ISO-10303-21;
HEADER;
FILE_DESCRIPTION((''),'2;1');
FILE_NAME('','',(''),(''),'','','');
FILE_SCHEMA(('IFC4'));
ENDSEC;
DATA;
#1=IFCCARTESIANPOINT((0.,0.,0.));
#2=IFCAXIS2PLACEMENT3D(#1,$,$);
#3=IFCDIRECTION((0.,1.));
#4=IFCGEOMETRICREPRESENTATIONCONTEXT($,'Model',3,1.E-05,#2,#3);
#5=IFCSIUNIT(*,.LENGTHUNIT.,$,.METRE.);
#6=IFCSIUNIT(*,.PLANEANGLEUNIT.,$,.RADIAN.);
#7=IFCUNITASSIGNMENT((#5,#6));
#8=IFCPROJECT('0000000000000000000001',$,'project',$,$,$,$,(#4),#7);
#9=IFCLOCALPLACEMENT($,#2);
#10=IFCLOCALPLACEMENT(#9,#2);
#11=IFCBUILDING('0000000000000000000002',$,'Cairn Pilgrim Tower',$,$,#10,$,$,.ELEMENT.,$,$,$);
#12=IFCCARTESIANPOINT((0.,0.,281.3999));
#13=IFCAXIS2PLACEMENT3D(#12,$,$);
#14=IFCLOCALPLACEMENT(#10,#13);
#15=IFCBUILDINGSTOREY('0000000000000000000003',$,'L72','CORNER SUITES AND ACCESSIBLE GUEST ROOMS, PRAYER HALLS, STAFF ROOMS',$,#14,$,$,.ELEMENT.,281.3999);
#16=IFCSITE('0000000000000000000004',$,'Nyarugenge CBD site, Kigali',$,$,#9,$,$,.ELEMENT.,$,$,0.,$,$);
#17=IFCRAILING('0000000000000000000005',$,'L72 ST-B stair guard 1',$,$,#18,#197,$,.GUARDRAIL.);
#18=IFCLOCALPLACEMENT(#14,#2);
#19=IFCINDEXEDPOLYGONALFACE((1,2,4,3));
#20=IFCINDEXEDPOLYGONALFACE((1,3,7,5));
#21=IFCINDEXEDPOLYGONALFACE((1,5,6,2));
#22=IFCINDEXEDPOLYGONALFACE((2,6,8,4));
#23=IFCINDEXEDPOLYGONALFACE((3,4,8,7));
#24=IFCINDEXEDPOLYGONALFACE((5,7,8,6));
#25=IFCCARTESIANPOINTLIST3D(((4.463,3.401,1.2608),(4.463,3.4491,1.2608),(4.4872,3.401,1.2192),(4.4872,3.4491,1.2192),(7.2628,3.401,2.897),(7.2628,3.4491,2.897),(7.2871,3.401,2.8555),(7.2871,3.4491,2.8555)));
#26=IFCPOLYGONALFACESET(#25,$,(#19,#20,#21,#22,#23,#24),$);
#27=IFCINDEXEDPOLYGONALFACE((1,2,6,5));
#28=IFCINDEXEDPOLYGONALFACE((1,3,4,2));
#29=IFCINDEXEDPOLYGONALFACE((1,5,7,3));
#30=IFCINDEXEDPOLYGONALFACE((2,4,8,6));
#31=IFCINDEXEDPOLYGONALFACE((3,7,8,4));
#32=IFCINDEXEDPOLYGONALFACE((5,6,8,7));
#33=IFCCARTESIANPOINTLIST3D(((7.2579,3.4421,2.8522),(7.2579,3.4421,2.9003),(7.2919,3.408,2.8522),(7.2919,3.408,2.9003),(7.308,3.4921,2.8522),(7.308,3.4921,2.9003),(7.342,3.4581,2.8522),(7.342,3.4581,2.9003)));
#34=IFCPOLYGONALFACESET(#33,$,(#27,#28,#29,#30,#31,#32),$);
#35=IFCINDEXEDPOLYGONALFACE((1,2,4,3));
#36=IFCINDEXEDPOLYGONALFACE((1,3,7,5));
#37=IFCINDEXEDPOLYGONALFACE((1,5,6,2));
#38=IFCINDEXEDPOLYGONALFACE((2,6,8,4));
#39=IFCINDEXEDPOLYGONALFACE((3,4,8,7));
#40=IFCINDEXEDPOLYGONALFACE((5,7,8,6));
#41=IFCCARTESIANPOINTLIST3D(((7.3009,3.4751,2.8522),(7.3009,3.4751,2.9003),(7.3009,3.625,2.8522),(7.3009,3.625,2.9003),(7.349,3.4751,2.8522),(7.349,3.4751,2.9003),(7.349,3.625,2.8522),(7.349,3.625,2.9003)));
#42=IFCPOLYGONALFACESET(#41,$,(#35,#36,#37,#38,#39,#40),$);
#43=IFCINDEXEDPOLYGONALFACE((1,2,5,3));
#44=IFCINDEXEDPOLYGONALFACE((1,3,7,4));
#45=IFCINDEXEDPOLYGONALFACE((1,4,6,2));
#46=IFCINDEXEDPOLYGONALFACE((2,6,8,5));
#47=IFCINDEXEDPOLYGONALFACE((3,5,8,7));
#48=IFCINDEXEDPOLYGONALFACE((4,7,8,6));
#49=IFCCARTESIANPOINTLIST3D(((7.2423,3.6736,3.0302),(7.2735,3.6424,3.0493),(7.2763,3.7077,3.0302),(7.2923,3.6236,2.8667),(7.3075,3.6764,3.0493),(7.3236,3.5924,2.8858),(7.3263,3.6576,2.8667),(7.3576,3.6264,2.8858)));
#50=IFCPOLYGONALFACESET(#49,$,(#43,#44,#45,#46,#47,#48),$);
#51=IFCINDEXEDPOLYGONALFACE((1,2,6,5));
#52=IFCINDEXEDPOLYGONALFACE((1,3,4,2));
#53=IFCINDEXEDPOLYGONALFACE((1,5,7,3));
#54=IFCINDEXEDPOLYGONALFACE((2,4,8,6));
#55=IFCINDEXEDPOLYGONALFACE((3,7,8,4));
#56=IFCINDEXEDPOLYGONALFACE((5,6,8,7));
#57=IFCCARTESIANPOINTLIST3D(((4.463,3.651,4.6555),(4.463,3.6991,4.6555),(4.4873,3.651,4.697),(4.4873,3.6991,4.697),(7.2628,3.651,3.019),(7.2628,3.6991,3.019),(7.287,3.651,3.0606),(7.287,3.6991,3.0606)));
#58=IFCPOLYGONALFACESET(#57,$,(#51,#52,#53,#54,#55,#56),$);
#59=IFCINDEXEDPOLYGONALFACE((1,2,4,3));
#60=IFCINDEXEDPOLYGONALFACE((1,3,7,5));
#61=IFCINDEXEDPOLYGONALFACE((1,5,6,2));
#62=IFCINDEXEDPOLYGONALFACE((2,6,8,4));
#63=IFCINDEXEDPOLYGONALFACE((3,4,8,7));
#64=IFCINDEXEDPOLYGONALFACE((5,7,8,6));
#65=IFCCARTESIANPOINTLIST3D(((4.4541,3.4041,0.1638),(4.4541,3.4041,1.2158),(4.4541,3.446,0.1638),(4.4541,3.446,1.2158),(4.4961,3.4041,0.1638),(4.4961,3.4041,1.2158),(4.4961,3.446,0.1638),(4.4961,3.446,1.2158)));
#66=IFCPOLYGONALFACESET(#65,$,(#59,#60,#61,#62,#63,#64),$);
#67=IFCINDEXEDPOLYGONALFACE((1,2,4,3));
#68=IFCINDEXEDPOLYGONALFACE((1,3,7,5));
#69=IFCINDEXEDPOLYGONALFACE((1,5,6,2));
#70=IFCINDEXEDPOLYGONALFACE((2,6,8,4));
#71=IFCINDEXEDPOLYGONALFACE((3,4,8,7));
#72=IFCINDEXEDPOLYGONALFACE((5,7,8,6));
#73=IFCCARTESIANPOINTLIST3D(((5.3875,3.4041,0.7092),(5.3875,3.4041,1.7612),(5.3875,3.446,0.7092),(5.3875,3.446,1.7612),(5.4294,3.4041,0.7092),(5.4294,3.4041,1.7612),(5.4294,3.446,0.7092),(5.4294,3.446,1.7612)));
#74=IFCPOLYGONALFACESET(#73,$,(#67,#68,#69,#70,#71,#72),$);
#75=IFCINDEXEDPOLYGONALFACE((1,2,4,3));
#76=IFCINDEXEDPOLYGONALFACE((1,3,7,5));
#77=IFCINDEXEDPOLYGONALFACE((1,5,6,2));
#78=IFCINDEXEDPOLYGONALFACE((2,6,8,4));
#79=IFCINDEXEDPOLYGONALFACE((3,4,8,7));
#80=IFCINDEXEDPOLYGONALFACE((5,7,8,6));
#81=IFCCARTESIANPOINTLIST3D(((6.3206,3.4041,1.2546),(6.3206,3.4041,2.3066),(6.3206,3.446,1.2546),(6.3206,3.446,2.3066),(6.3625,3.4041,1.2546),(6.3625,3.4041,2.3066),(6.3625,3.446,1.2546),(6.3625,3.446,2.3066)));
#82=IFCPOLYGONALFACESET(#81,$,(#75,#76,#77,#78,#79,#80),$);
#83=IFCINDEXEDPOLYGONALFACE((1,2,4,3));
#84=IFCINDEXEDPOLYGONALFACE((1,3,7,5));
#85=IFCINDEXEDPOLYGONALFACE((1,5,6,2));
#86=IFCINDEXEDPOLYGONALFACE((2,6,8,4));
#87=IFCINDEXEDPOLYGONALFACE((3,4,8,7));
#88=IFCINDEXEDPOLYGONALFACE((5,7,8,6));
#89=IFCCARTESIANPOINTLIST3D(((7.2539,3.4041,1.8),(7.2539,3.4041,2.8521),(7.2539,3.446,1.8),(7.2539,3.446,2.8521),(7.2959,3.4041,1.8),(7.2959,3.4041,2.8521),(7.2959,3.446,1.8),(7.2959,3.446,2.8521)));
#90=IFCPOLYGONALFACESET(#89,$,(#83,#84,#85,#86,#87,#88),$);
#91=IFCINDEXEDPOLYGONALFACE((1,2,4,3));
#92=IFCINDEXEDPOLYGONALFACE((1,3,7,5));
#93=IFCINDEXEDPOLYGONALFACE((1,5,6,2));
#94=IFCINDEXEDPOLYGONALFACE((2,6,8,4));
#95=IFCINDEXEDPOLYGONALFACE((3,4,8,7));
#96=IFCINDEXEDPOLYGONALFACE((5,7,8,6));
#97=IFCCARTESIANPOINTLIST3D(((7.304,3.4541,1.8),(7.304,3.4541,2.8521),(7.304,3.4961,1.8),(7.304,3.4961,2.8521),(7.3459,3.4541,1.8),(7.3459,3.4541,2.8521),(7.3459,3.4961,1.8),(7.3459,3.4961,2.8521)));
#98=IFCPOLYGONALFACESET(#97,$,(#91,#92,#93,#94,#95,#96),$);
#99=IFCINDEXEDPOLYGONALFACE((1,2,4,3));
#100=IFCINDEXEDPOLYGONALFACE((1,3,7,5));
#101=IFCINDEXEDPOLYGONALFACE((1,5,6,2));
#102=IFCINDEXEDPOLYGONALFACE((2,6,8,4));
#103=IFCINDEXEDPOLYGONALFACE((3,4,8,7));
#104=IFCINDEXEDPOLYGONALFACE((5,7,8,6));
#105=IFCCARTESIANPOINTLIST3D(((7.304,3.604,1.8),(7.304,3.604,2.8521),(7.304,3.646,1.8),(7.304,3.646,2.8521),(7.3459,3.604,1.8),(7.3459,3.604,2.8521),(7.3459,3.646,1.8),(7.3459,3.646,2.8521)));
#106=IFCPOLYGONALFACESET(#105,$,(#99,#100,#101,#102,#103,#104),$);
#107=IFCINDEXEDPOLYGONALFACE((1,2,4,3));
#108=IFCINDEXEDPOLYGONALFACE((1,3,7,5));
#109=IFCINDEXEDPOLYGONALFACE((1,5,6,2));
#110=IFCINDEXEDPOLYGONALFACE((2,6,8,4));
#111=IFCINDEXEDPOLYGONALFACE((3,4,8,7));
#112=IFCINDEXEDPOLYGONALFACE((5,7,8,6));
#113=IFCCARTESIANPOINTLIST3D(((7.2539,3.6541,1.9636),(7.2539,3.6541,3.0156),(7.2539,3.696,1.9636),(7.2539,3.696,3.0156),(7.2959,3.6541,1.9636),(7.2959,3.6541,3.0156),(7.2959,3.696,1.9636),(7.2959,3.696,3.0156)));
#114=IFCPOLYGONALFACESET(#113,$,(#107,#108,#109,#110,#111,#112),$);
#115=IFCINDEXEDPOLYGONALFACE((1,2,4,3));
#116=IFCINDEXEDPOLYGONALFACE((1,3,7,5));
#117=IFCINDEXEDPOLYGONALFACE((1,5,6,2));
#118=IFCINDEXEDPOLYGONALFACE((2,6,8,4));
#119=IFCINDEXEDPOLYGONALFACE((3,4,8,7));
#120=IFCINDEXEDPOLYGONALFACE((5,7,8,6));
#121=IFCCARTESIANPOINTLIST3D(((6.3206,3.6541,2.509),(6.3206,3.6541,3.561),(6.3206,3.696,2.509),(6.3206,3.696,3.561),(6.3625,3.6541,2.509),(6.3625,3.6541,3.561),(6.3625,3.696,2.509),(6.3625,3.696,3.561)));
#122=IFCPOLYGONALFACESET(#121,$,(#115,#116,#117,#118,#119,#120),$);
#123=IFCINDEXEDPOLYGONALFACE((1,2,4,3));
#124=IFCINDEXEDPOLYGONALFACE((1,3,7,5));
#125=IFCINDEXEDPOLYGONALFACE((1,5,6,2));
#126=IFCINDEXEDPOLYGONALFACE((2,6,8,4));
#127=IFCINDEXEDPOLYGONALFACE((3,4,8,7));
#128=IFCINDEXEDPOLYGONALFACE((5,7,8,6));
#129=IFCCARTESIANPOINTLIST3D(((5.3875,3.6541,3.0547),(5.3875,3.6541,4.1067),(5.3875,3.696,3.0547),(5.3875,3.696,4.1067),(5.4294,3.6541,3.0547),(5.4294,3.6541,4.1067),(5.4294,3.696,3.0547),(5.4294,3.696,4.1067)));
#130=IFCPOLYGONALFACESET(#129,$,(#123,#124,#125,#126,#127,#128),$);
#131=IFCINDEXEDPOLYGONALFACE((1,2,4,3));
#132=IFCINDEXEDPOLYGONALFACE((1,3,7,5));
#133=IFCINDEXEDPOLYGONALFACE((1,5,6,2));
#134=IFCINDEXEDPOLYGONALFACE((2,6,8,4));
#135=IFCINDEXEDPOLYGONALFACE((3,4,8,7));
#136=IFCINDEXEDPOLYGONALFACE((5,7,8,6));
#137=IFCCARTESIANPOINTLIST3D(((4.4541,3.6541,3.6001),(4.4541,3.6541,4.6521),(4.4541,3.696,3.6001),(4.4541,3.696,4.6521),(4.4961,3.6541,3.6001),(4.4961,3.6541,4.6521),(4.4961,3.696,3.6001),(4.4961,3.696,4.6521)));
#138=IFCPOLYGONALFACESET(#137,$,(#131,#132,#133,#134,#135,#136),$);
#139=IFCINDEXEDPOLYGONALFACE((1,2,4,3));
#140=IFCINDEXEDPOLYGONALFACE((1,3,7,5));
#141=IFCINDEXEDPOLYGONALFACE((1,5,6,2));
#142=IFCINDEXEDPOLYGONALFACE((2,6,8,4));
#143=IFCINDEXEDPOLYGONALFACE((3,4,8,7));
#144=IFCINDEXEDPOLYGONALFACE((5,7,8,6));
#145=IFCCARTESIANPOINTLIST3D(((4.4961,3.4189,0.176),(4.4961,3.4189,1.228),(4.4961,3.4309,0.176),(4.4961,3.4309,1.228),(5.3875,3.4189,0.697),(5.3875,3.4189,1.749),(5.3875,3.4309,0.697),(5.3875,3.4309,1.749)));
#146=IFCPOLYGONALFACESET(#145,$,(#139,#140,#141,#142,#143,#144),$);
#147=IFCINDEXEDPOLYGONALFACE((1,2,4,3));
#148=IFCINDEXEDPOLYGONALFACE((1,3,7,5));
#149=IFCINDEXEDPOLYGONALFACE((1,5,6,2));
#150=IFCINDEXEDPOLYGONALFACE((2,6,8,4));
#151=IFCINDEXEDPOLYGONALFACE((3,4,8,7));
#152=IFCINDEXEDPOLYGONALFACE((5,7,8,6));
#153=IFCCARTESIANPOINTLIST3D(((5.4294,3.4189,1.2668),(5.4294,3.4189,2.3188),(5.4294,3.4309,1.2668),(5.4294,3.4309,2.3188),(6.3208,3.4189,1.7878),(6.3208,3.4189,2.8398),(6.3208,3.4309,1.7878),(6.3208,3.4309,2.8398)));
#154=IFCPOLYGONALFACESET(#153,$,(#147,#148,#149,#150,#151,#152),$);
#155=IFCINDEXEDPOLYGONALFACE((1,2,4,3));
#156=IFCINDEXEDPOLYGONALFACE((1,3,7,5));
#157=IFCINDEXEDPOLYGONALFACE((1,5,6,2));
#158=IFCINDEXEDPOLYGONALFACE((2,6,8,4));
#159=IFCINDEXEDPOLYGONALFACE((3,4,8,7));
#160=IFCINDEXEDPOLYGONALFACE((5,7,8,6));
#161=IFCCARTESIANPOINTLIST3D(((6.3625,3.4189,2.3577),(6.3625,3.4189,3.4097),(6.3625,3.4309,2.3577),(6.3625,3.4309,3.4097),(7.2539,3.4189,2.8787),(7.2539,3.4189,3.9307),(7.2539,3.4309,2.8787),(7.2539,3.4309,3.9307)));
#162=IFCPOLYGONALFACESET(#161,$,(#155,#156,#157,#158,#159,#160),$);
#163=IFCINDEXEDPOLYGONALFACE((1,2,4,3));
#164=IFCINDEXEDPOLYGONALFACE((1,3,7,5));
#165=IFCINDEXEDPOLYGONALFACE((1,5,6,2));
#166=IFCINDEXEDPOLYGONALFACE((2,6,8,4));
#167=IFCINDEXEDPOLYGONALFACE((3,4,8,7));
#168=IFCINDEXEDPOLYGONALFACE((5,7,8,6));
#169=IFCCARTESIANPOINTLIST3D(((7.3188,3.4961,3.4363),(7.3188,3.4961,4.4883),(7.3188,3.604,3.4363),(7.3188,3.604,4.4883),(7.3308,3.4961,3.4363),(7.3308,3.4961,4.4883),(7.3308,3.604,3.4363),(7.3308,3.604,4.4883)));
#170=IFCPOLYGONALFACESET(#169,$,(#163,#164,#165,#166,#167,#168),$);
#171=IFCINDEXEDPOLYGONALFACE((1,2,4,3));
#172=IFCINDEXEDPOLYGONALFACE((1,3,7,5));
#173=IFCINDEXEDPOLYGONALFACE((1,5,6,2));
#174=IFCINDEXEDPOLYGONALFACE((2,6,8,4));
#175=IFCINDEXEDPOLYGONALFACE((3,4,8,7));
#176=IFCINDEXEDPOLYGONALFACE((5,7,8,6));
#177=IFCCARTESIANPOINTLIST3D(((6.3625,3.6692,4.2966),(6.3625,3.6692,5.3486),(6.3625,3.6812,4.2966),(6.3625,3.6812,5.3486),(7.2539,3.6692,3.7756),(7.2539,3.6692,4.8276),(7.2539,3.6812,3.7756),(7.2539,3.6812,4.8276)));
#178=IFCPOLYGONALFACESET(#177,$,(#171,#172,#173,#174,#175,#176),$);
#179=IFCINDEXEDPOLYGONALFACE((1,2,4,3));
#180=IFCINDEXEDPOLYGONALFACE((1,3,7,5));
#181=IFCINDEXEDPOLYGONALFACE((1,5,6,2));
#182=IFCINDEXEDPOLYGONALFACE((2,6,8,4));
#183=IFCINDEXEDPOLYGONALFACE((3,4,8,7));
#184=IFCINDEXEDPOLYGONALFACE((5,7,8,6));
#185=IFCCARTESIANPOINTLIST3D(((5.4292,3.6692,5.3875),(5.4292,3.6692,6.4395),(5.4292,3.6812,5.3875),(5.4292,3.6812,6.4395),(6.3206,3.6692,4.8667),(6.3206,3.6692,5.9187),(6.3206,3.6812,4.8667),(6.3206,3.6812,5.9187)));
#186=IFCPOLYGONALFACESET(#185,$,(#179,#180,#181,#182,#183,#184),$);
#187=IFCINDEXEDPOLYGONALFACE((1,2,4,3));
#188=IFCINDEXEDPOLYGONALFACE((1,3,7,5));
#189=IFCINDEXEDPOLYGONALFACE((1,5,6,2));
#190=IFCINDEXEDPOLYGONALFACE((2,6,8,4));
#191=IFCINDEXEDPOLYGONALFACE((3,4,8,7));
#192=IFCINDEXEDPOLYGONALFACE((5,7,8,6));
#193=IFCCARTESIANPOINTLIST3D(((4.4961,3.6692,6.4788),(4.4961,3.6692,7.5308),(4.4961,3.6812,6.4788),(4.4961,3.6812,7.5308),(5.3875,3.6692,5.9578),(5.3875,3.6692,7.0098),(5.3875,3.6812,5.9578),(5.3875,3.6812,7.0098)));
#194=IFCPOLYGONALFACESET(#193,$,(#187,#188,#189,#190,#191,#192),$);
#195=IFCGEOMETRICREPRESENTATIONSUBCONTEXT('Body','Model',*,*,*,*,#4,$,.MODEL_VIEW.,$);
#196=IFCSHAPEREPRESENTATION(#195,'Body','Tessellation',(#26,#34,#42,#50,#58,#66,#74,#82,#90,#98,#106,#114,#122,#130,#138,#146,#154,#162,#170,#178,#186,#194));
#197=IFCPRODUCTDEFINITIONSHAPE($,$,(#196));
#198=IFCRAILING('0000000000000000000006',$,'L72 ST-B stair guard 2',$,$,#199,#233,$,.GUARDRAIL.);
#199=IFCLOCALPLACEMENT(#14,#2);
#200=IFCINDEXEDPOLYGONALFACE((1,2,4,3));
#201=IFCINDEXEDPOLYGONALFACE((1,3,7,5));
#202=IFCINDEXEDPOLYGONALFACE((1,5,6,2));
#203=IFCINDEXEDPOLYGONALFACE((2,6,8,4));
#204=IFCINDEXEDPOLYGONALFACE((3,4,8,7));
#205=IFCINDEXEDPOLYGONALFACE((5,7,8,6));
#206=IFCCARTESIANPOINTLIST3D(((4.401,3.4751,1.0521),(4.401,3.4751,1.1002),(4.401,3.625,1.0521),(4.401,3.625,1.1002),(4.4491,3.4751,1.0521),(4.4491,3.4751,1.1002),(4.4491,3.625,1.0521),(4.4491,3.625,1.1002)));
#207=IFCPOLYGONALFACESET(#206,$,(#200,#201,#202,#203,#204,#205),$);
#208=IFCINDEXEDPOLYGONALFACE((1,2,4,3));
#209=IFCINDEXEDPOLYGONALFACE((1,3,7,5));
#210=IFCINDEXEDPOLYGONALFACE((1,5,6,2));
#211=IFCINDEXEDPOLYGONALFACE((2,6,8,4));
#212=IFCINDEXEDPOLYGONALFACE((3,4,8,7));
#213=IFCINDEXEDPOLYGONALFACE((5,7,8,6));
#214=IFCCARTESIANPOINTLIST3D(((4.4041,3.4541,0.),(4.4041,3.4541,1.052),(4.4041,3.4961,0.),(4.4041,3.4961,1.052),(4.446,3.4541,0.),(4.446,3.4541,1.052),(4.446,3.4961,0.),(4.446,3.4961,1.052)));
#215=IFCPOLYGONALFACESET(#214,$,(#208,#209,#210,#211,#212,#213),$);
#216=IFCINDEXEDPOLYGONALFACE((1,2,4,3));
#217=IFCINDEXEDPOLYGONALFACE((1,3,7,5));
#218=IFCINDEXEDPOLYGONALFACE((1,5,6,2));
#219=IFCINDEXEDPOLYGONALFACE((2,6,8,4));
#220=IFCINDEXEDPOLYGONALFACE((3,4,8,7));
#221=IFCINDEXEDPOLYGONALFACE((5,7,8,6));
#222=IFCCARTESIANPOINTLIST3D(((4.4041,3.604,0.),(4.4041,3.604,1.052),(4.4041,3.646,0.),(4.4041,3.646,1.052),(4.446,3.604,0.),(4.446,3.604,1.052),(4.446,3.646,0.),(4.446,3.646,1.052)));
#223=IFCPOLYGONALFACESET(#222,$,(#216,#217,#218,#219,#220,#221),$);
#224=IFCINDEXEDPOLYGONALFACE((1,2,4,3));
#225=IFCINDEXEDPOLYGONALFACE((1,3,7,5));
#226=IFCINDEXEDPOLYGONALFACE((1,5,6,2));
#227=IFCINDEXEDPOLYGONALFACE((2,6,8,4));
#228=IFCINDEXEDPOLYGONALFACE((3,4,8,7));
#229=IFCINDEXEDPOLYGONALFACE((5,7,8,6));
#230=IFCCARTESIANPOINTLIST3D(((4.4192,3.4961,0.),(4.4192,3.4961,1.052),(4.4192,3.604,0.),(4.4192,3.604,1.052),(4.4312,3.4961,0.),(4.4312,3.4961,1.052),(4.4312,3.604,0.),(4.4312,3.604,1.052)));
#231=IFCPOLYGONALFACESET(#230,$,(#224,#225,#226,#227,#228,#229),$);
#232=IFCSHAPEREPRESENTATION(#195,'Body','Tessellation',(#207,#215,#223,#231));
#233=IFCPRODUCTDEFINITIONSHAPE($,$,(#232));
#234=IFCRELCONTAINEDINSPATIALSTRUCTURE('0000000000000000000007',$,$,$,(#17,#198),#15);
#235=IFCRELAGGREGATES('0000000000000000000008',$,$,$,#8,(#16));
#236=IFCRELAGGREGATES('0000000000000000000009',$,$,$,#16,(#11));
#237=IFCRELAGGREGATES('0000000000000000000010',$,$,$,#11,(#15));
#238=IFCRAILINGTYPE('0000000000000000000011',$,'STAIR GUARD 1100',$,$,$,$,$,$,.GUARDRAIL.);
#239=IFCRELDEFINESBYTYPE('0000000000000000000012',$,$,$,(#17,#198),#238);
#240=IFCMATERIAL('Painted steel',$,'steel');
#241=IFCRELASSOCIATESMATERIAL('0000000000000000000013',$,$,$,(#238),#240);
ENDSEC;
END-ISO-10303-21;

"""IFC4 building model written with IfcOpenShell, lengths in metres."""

from ifc_helpers import new_model, si_unit, direction, frame, origin, origin_2d, place, context, subcontext, project, spatial, polyline, rectangle, outline, extrude, material, type_object, element, save


model = new_model("IFC4")

# Units and contexts
model_context = context("Model", 3, precision=1e-05, world=origin(), true_north=direction((0.0, 1.0)))
body_context = subcontext(model_context, "Body", "Model", "MODEL_VIEW")
ifc_project = project(units=[si_unit("LENGTHUNIT", "METRE"), si_unit("PLANEANGLEUNIT", "RADIAN")], contexts=[model_context])

# Site, building, storey
site_placement = place(None, origin())
site = spatial("IfcSite", under=ifc_project, at=site_placement, Name="Nyarugenge CBD site, Kigali", CompositionType="ELEMENT", RefElevation=0.0)
building_placement = place(site_placement, origin())
building = spatial("IfcBuilding", under=site, at=building_placement, Name="Cairn Pilgrim Tower", CompositionType="ELEMENT")
storey_placement = place(building_placement, frame((0.0, 0.0, 281.3999)))
storey = spatial("IfcBuildingStorey", under=building, at=storey_placement, Name="L72", Description="CORNER SUITES AND ACCESSIBLE GUEST ROOMS, PRAYER HALLS, STAFF ROOMS", CompositionType="ELEMENT", Elevation=281.3999)

# Shared definitions
ifc_material_1 = material(Name="Painted steel", Category="steel")

# Railings
railing_type_1 = type_object("IfcRailingType", Name="STAIR GUARD 1100", PredefinedType="GUARDRAIL", material=ifc_material_1)
railing_1_placement = place(storey_placement, frame((4.4751, 3.425, 0.1638)))
element("IfcRailing", 1, at=railing_1_placement, inside=storey, type_object=railing_type_1, Name="L72 ST-B stair guard 1", PredefinedType="GUARDRAIL", context=body_context, shape_type="SweptSolid", body=[
    extrude(rectangle(XDim=0.0481, YDim=0.0481, at=origin_2d()), frame((0.0, 0.0, 1.0762), z_axis=(0.863374, 0.0, 0.504564), x_axis=(0.0, 1.0, 0.0)), (0.0, 0.0, 1.0), 3.2429),
    extrude(rectangle(XDim=0.0481, YDim=0.0481, at=origin_2d()), frame((2.7998, 0.0, 2.7124), z_axis=(0.707107, 0.707107, 0.0), x_axis=(-0.707107, 0.707107, 0.0)), (0.0, 0.0, 1.0), 0.0708),
    extrude(rectangle(XDim=0.0481, YDim=0.0481, at=origin_2d()), frame((2.8499, 0.05, 2.7124), z_axis=(0.0, 1.0, 0.0), x_axis=(-1.0, 0.0, 0.0)), (0.0, 0.0, 1.0), 0.1499),
    extrude(rectangle(XDim=0.0481, YDim=0.0481, at=origin_2d()), frame((2.8499, 0.2, 2.7124), z_axis=(-0.280809, 0.280809, 0.917765), x_axis=(-0.707107, -0.707107, 0.0)), (0.0, 0.0, 1.0), 0.1782),
    extrude(rectangle(XDim=0.0481, YDim=0.0481, at=origin_2d()), frame((2.7998, 0.25, 2.876), z_axis=(-0.863342, 0.0, 0.50462), x_axis=(0.0, -1.0, 0.0)), (0.0, 0.0, 1.0), 3.2429),
    extrude(rectangle(XDim=0.042, YDim=0.042, at=origin_2d()), origin(), (0.0, 0.0, 1.0), 1.052),
    extrude(rectangle(XDim=0.042, YDim=0.042, at=origin_2d()), frame((0.9333, 0.0, 0.5454)), (0.0, 0.0, 1.0), 1.052),
    extrude(rectangle(XDim=0.042, YDim=0.042, at=origin_2d()), frame((1.8665, 0.0, 1.0908)), (0.0, 0.0, 1.0), 1.052),
    extrude(rectangle(XDim=0.042, YDim=0.042, at=origin_2d()), frame((2.7998, 0.0, 1.6362)), (0.0, 0.0, 1.0), 1.052),
    extrude(rectangle(XDim=0.042, YDim=0.042, at=origin_2d()), frame((2.8499, 0.05, 1.6362)), (0.0, 0.0, 1.0), 1.052),
    extrude(rectangle(XDim=0.042, YDim=0.042, at=origin_2d()), frame((2.8499, 0.2, 1.6362)), (0.0, 0.0, 1.0), 1.052),
    extrude(rectangle(XDim=0.042, YDim=0.042, at=origin_2d()), frame((2.7998, 0.25, 1.7998)), (0.0, 0.0, 1.0), 1.052),
    extrude(rectangle(XDim=0.042, YDim=0.042, at=origin_2d()), frame((1.8665, 0.25, 2.3452)), (0.0, 0.0, 1.0), 1.052),
    extrude(rectangle(XDim=0.042, YDim=0.042, at=origin_2d()), frame((0.9333, 0.25, 2.8909)), (0.0, 0.0, 1.0), 1.052),
    extrude(rectangle(XDim=0.042, YDim=0.042, at=origin_2d()), frame((0.0, 0.25, 3.4363)), (0.0, 0.0, 1.0), 1.052),
    extrude(outline(polyline([(0.021, 0.0122), (0.9124, 0.5332), (0.9124, 1.5852), (0.021, 1.0642), (0.021, 0.0122)])), frame((0.0, 0.0059, 0.0), z_axis=(0.0, -1.0, 0.0), x_axis=(1.0, 0.0, 0.0)), (0.0, 0.0, 1.0), 0.012),
    extrude(outline(polyline([(0.021, 0.5576), (0.9124, 1.0786), (0.9124, 2.1306), (0.021, 1.6096), (0.021, 0.5576)])), frame((0.9333, 0.0059, 0.5454), z_axis=(0.0, -1.0, 0.0), x_axis=(1.0, 0.0, 0.0)), (0.0, 0.0, 1.0), 0.012),
    extrude(outline(polyline([(0.021, 1.103), (0.9124, 1.624), (0.9124, 2.676), (0.021, 2.155), (0.021, 1.103)])), frame((1.8665, 0.0059, 1.0908), z_axis=(0.0, -1.0, 0.0), x_axis=(1.0, 0.0, 0.0)), (0.0, 0.0, 1.0), 0.012),
    extrude(outline(polyline([(0.021, 1.6362), (0.1289, 1.6362), (0.1289, 2.6882), (0.021, 2.6882), (0.021, 1.6362)])), frame((2.8438, 0.05, 1.6362), z_axis=(1.0, 0.0, 0.0), x_axis=(0.0, 1.0, 0.0)), (0.0, 0.0, 1.0), 0.012),
    extrude(outline(polyline([(0.021, 1.812), (0.9124, 2.333), (0.9124, 3.385), (0.021, 2.864), (0.021, 1.812)])), frame((2.7998, 0.2441, 1.7998), z_axis=(0.0, 1.0, 0.0), x_axis=(-1.0, 0.0, 0.0)), (0.0, 0.0, 1.0), 0.012),
    extrude(outline(polyline([(0.021, 2.3577), (0.9124, 2.8784), (0.9124, 3.9304), (0.021, 3.4097), (0.021, 2.3577)])), frame((1.8665, 0.2441, 2.3452), z_axis=(0.0, 1.0, 0.0), x_axis=(-1.0, 0.0, 0.0)), (0.0, 0.0, 1.0), 0.012),
    extrude(outline(polyline([(0.021, 2.9031), (0.9124, 3.4241), (0.9124, 4.4761), (0.021, 3.9551), (0.021, 2.9031)])), frame((0.9333, 0.2441, 2.8909), z_axis=(0.0, 1.0, 0.0), x_axis=(-1.0, 0.0, 0.0)), (0.0, 0.0, 1.0), 0.012),
])
railing_2_placement = place(storey_placement, frame((4.425, 3.4751, 0.0)))
element("IfcRailing", 2, at=railing_2_placement, inside=storey, type_object=railing_type_1, Name="L72 ST-B stair guard 2", PredefinedType="GUARDRAIL", context=body_context, shape_type="SweptSolid", body=[
    extrude(rectangle(XDim=0.0481, YDim=0.0481, at=origin_2d()), frame((0.0, 0.0, 1.0762), z_axis=(0.0, 1.0, 0.0), x_axis=(-1.0, 0.0, 0.0)), (0.0, 0.0, 1.0), 0.1499),
    extrude(rectangle(XDim=0.042, YDim=0.042, at=origin_2d()), origin(), (0.0, 0.0, 1.0), 1.052),
    extrude(rectangle(XDim=0.042, YDim=0.042, at=origin_2d()), frame((0.0, 0.1499, 0.0)), (0.0, 0.0, 1.0), 1.052),
    extrude(outline(polyline([(0.021, 0.0), (0.1289, 0.0), (0.1289, 1.052), (0.021, 1.052), (0.021, 0.0)])), frame((-0.0059, 0.0, 0.0), z_axis=(1.0, 0.0, 0.0), x_axis=(0.0, 1.0, 0.0)), (0.0, 0.0, 1.0), 0.012),
])

save(model, "model.ifc")
